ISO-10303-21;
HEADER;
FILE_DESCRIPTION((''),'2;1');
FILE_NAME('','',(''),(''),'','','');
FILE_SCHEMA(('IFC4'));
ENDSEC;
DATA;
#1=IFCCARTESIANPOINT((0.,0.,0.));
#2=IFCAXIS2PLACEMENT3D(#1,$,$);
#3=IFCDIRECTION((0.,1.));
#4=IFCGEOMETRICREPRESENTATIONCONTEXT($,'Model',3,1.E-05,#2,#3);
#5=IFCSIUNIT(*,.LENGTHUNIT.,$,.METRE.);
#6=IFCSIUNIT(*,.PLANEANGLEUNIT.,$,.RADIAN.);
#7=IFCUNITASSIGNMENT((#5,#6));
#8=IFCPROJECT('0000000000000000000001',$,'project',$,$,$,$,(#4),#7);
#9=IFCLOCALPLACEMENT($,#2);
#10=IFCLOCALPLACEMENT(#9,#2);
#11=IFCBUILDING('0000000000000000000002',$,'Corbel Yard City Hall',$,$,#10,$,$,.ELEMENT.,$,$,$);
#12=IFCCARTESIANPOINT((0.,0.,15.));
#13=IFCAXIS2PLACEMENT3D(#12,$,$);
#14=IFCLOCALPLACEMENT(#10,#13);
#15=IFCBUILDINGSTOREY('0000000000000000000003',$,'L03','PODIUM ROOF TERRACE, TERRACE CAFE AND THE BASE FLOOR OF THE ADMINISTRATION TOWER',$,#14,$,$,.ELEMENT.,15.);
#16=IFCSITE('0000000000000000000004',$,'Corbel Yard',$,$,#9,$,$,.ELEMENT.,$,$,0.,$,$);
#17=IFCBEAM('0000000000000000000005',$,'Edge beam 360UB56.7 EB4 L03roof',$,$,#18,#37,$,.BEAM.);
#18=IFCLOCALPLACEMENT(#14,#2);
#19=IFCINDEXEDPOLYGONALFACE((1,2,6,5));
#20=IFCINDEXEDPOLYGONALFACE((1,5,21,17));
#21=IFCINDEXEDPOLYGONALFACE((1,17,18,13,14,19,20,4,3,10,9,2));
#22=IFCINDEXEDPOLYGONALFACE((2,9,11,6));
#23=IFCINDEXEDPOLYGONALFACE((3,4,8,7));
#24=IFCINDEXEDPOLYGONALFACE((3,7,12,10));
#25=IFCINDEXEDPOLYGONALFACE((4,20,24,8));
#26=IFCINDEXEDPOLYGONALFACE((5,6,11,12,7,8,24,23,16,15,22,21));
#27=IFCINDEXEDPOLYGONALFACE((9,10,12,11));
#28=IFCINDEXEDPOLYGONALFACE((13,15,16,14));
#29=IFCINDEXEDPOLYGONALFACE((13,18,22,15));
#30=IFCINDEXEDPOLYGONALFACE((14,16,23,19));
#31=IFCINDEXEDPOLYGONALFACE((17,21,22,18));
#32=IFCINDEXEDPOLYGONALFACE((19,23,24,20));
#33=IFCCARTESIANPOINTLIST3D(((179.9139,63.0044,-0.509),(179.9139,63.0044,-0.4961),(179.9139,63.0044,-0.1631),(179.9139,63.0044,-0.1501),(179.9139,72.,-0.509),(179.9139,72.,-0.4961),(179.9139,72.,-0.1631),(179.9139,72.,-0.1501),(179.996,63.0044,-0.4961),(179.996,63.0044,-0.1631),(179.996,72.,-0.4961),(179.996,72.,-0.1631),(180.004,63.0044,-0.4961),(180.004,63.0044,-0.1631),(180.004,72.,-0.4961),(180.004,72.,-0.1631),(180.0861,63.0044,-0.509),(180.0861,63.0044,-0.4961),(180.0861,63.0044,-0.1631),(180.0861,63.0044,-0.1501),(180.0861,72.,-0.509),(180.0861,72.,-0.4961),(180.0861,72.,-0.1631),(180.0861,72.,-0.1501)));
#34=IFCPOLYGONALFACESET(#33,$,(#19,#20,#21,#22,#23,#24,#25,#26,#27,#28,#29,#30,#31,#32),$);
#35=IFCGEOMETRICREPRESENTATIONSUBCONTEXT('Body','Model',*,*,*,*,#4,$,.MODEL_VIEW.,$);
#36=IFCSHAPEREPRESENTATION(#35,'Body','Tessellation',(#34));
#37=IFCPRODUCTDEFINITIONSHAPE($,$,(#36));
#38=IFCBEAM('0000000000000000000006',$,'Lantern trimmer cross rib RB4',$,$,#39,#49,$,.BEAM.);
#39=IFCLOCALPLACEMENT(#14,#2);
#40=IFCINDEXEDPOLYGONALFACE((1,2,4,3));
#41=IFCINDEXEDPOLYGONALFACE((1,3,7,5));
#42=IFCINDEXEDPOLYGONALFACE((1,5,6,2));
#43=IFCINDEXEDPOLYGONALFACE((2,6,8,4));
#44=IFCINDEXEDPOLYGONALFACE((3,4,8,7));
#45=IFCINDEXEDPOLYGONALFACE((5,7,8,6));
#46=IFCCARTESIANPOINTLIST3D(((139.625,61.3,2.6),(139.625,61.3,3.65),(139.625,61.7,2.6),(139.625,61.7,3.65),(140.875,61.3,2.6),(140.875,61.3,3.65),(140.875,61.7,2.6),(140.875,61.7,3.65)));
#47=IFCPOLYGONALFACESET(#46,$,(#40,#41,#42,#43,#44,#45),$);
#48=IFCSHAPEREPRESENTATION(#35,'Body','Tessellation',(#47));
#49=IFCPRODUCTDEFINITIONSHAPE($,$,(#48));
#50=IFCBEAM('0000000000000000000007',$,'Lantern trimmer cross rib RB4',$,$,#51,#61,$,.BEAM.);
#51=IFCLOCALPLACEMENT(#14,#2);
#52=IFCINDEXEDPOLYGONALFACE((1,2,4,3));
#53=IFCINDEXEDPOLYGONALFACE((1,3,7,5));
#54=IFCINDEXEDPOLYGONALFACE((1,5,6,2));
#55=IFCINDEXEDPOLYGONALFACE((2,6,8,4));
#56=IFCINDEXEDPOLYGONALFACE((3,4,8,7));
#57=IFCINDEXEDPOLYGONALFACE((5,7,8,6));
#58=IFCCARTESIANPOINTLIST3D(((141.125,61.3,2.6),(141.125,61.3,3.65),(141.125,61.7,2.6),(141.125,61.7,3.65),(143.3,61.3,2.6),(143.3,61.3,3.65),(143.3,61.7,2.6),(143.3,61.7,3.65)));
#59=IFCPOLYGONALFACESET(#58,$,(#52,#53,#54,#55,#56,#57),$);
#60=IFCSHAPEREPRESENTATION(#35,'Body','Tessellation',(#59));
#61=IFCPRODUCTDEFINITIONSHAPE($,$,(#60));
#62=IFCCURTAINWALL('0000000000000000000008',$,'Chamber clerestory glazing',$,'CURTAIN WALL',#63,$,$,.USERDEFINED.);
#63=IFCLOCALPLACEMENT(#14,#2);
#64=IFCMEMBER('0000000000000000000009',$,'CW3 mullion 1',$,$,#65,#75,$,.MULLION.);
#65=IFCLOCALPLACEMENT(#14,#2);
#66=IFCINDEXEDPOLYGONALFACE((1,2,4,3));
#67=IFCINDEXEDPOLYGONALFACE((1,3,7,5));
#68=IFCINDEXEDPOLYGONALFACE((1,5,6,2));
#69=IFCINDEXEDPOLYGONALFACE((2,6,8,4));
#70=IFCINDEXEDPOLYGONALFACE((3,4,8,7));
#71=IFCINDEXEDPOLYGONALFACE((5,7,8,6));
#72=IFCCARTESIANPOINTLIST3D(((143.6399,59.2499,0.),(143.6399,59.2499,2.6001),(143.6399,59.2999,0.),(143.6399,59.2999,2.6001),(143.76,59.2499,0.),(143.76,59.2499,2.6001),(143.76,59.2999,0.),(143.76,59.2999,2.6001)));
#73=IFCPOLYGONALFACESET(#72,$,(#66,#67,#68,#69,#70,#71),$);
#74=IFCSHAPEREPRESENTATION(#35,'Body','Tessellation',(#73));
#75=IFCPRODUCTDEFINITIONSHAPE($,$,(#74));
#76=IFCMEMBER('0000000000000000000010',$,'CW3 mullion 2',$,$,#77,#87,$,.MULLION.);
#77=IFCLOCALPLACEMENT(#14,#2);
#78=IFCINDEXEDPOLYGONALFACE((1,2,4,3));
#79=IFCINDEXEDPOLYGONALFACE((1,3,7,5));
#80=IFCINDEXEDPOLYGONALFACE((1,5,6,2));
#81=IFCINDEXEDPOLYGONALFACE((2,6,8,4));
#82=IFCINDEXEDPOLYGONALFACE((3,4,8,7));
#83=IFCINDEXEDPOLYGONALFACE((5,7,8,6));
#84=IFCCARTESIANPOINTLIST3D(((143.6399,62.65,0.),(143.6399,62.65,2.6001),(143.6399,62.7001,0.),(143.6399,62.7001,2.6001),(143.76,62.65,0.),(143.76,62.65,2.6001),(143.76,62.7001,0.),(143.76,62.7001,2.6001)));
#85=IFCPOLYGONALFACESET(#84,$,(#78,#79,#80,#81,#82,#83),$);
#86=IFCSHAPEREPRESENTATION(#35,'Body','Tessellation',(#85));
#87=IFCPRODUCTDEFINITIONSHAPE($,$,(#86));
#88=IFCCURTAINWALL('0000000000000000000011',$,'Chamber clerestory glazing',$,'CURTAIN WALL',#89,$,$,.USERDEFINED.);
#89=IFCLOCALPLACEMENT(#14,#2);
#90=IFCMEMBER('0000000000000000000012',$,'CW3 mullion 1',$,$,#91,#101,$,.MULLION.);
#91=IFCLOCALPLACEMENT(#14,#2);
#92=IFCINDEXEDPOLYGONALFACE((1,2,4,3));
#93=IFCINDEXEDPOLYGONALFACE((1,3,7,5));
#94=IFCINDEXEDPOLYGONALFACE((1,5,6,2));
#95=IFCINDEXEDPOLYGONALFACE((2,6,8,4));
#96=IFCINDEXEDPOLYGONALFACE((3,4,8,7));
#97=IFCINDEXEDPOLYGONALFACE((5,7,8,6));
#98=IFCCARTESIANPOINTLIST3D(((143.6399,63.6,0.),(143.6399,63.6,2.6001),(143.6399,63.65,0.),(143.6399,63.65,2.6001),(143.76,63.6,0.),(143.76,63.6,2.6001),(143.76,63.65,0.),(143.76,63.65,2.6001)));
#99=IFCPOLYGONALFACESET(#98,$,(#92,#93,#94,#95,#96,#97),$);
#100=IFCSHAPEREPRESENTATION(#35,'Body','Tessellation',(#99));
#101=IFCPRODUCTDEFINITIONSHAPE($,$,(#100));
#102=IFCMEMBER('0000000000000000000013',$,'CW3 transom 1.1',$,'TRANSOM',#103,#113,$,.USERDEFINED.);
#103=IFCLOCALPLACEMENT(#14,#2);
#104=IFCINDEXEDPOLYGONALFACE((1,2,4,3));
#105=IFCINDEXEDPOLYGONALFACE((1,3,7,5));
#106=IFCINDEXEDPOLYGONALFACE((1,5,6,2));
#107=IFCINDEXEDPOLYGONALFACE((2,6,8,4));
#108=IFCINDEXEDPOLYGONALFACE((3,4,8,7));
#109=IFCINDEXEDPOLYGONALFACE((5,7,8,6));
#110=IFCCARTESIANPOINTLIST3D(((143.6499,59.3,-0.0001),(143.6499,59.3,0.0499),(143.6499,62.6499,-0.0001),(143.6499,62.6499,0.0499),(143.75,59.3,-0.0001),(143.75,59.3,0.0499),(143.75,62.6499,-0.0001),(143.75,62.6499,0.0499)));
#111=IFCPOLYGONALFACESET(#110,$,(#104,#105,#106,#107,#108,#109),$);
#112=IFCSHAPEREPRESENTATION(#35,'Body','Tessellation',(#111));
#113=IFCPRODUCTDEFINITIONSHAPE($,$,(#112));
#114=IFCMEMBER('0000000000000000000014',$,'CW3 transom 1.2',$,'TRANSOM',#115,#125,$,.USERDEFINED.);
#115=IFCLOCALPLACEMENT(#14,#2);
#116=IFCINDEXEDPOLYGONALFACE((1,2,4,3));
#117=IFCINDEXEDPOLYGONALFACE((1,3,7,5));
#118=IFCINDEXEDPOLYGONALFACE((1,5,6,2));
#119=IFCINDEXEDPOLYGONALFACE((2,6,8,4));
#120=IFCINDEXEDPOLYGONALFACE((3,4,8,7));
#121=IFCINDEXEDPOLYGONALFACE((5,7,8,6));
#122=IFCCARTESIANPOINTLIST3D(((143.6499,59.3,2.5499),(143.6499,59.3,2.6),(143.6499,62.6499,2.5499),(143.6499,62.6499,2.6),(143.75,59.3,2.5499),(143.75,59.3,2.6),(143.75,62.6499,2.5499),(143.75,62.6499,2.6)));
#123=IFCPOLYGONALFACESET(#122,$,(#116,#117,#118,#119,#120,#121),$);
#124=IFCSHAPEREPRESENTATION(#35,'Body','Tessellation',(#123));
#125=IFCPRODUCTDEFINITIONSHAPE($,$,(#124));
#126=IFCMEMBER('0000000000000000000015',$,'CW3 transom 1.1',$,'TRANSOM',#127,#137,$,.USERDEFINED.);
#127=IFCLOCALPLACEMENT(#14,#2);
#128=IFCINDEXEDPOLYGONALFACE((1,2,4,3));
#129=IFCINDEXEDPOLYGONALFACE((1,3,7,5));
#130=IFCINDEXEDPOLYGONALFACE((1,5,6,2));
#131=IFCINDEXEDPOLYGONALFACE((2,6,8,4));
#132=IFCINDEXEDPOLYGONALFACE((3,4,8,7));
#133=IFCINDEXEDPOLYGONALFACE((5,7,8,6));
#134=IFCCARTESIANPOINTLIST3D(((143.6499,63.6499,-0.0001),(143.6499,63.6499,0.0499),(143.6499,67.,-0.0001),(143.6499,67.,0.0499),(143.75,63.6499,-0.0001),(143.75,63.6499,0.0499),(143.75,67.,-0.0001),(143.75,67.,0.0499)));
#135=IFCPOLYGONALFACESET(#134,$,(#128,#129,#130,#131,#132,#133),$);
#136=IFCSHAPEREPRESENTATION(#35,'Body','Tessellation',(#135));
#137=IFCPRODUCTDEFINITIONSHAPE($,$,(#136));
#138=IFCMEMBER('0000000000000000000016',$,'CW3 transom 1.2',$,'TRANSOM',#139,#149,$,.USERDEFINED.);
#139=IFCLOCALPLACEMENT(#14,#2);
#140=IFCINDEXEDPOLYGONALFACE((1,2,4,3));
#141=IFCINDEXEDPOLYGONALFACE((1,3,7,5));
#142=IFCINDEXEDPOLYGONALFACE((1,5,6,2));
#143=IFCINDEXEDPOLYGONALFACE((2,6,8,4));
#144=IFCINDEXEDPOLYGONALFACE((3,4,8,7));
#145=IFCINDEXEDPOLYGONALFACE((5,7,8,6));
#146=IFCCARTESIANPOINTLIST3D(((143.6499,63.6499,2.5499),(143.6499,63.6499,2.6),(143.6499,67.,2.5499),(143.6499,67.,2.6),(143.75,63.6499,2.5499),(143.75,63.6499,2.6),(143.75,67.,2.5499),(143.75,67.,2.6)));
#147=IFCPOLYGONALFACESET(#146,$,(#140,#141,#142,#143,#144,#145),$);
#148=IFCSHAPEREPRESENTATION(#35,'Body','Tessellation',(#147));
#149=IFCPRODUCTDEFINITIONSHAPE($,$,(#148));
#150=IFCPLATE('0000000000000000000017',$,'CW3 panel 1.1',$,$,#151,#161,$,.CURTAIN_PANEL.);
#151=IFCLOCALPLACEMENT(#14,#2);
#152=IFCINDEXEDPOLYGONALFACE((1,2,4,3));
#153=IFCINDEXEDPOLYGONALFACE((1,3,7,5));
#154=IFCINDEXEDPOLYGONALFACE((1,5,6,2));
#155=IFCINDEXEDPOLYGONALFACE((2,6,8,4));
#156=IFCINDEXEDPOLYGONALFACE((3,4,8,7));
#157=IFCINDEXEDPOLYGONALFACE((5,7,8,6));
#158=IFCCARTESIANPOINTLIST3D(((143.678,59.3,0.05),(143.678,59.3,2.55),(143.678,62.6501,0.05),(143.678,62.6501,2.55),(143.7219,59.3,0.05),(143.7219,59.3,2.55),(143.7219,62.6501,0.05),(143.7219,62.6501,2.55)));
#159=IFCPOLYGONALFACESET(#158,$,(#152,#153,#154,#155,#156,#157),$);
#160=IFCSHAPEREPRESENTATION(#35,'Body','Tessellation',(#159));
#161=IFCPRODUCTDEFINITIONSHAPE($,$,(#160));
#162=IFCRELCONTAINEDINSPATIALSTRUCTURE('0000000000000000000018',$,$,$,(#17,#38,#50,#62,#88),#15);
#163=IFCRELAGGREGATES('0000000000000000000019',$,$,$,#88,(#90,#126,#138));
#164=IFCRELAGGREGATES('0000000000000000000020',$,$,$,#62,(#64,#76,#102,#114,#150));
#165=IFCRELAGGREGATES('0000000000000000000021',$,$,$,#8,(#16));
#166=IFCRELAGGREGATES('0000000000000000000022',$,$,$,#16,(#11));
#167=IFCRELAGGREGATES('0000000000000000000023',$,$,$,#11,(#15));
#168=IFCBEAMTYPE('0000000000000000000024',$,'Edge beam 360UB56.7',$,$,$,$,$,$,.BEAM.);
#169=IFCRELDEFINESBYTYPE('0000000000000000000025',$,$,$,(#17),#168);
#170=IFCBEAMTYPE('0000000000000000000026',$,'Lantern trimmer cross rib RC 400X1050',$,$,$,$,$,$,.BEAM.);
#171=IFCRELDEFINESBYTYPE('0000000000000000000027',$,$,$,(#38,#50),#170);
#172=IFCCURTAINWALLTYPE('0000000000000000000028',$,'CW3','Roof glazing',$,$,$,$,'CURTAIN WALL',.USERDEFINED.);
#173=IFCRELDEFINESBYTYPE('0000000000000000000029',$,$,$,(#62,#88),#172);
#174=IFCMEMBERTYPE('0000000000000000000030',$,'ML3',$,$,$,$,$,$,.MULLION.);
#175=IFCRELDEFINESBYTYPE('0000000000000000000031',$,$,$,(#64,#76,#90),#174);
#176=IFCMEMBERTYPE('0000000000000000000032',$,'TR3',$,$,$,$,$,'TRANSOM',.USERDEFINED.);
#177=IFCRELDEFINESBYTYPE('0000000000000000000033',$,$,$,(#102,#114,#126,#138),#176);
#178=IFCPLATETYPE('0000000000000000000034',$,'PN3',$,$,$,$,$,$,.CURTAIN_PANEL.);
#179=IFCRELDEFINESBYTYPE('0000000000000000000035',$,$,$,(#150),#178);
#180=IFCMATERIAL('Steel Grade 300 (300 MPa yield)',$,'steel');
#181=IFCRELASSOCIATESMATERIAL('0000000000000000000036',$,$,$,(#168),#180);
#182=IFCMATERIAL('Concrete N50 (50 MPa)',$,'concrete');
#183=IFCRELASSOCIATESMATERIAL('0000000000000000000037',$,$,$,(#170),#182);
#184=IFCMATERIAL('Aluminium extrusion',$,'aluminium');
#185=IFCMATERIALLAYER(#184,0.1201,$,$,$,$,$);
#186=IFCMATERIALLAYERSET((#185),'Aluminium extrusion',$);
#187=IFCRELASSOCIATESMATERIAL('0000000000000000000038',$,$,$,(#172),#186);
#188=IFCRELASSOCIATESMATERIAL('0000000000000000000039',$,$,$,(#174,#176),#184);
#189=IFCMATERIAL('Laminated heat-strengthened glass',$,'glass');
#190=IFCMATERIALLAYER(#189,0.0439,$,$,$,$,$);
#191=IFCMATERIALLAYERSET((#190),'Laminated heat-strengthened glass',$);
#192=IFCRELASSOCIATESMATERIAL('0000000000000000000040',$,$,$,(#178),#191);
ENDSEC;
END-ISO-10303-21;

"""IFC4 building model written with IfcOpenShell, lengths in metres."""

from ifc_helpers import new_model, si_unit, direction, frame, origin, origin_2d, place, context, subcontext, project, spatial, rectangle, i_section, extrude, material, layer, layer_set, material_profile, profile_set, type_object, element, aggregate, save


model = new_model("IFC4")

# Units and contexts
model_context = context("Model", 3, precision=1e-05, world=origin(), true_north=direction((0.0, 1.0)))
body_context = subcontext(model_context, "Body", "Model", "MODEL_VIEW")
ifc_project = project(units=[si_unit("LENGTHUNIT", "METRE"), si_unit("PLANEANGLEUNIT", "RADIAN")], contexts=[model_context])

# Site, building, storey
site_placement = place(None, origin())
site = spatial("IfcSite", under=ifc_project, at=site_placement, Name="Corbel Yard", CompositionType="ELEMENT", RefElevation=0.0)
building_placement = place(site_placement, origin())
building = spatial("IfcBuilding", under=site, at=building_placement, Name="Corbel Yard City Hall", CompositionType="ELEMENT")
storey_placement = place(building_placement, frame((0.0, 0.0, 15.0)))
storey = spatial("IfcBuildingStorey", under=building, at=storey_placement, Name="L03", Description="PODIUM ROOF TERRACE, TERRACE CAFE AND THE BASE FLOOR OF THE ADMINISTRATION TOWER", CompositionType="ELEMENT", Elevation=15.0)

# Shared definitions
ifc_material_1 = material(Name="Concrete N50 (50 MPa)", Category="concrete")

# Beams
ifc_material_2 = material(Name="Steel Grade 300 (300 MPa yield)", Category="steel")
ifc_material_profile_1 = material_profile(ifc_material_2, i_section(OverallWidth=0.1721, OverallDepth=0.3589, WebThickness=0.0081, FlangeThickness=0.0129, at=origin_2d()), Name="360UB56.7")
ifc_profile_set_1 = profile_set([ifc_material_profile_1], Name="Steel Grade 300 (300 MPa yield)")
beam_type_1 = type_object("IfcBeamType", Name="Edge beam 360UB56.7", PredefinedType="BEAM", material=ifc_profile_set_1)
beam_1_placement = place(storey_placement, frame((180.0, 63.0044, -0.3296), z_axis=(0.0, 1.0, 0.0), x_axis=(-1.0, 0.0, 0.0)))
element("IfcBeam", 1, at=beam_1_placement, inside=storey, type_object=beam_type_1, Name="Edge beam 360UB56.7 EB4 L03roof", PredefinedType="BEAM", context=body_context, shape_type="SweptSolid", body=[
    extrude(i_section(OverallWidth=0.1721, OverallDepth=0.3589, WebThickness=0.0081, FlangeThickness=0.0129, at=origin_2d()), origin(), (0.0, 0.0, 1.0), 8.9956),
])
ifc_material_profile_2 = material_profile(ifc_material_1, rectangle(XDim=0.3999, YDim=1.05, at=origin_2d()), Name="400x1050")
ifc_profile_set_2 = profile_set([ifc_material_profile_2], Name="Concrete N50 (50 MPa)")
beam_type_2 = type_object("IfcBeamType", Name="Lantern trimmer cross rib RC 400X1050", PredefinedType="BEAM", material=ifc_profile_set_2)
beam_2_placement = place(storey_placement, frame((139.625, 61.5, 3.125), z_axis=(1.0, 0.0, 0.0), x_axis=(0.0, 1.0, 0.0)))
element("IfcBeam", 2, at=beam_2_placement, inside=storey, type_object=beam_type_2, Name="Lantern trimmer cross rib RB4", PredefinedType="BEAM", context=body_context, shape_type="SweptSolid", body=[
    extrude(rectangle(XDim=0.3999, YDim=1.05, at=origin_2d()), origin(), (0.0, 0.0, 1.0), 1.25),
])
beam_3_placement = place(storey_placement, frame((141.125, 61.5, 3.125), z_axis=(1.0, 0.0, 0.0), x_axis=(0.0, 1.0, 0.0)))
element("IfcBeam", 3, at=beam_3_placement, inside=storey, type_object=beam_type_2, Name="Lantern trimmer cross rib RB4", PredefinedType="BEAM", context=body_context, shape_type="SweptSolid", body=[
    extrude(rectangle(XDim=0.3999, YDim=1.05, at=origin_2d()), origin(), (0.0, 0.0, 1.0), 2.175),
])

# Curtain wall, members
ifc_material_3 = material(Name="Aluminium extrusion", Category="aluminium")
ifc_layer_1 = layer(ifc_material_3, 0.1201)
ifc_layer_set_1 = layer_set([ifc_layer_1], Name="Aluminium extrusion")
curtain_wall_type = type_object("IfcCurtainWallType", Name="CW3", Description="Roof glazing", ElementType="CURTAIN WALL", PredefinedType="USERDEFINED", material=ifc_layer_set_1)
curtain_wall_1_placement = place(storey_placement, origin())
curtain_wall_1 = element("IfcCurtainWall", 4, at=curtain_wall_1_placement, inside=storey, type_object=curtain_wall_type, Name="Chamber clerestory glazing", ObjectType="CURTAIN WALL", PredefinedType="USERDEFINED")
ifc_material_profile_3 = material_profile(ifc_material_3, rectangle(XDim=0.1201, YDim=0.05, at=origin_2d()), Name="120x50")
ifc_profile_set_3 = profile_set([ifc_material_profile_3], Name="Aluminium extrusion")
member_type_1 = type_object("IfcMemberType", Name="ML3", PredefinedType="MULLION", material=ifc_profile_set_3)
member_1_placement = place(storey_placement, frame((143.7, 59.2749, 0.0), z_axis=(0.0, 0.0, 1.0), x_axis=(-1.0, 0.0, 0.0)))
member_1 = element("IfcMember", 5, at=member_1_placement, type_object=member_type_1, Name="CW3 mullion 1", PredefinedType="MULLION", context=body_context, shape_type="SweptSolid", body=[
    extrude(rectangle(XDim=0.1201, YDim=0.05, at=origin_2d()), origin(), (0.0, 0.0, 1.0), 2.6001),
])
member_2_placement = place(storey_placement, frame((143.7, 62.675, 0.0), z_axis=(0.0, 0.0, 1.0), x_axis=(-1.0, 0.0, 0.0)))
member_2 = element("IfcMember", 6, at=member_2_placement, type_object=member_type_1, Name="CW3 mullion 2", PredefinedType="MULLION", context=body_context, shape_type="SweptSolid", body=[
    extrude(rectangle(XDim=0.1201, YDim=0.05, at=origin_2d()), origin(), (0.0, 0.0, 1.0), 2.6001),
])

# Curtain wall, member
curtain_wall_2_placement = place(storey_placement, origin())
curtain_wall_2 = element("IfcCurtainWall", 7, at=curtain_wall_2_placement, inside=storey, type_object=curtain_wall_type, Name="Chamber clerestory glazing", ObjectType="CURTAIN WALL", PredefinedType="USERDEFINED")
member_3_placement = place(storey_placement, frame((143.7, 63.625, 0.0), z_axis=(0.0, 0.0, 1.0), x_axis=(-1.0, 0.0, 0.0)))
member_3 = element("IfcMember", 8, at=member_3_placement, type_object=member_type_1, Name="CW3 mullion 1", PredefinedType="MULLION", context=body_context, shape_type="SweptSolid", body=[
    extrude(rectangle(XDim=0.1201, YDim=0.05, at=origin_2d()), origin(), (0.0, 0.0, 1.0), 2.6001),
])

# Members
ifc_material_profile_4 = material_profile(ifc_material_3, rectangle(XDim=0.1001, YDim=0.05, at=origin_2d()), Name="100x50")
ifc_profile_set_4 = profile_set([ifc_material_profile_4], Name="Aluminium extrusion")
member_type_2 = type_object("IfcMemberType", Name="TR3", ElementType="TRANSOM", PredefinedType="USERDEFINED", material=ifc_profile_set_4)
member_4_placement = place(storey_placement, frame((143.7, 59.3, 0.0249), z_axis=(0.0, 1.0, 0.0), x_axis=(-1.0, 0.0, 0.0)))
member_4 = element("IfcMember", 9, at=member_4_placement, type_object=member_type_2, Name="CW3 transom 1.1", ObjectType="TRANSOM", PredefinedType="USERDEFINED", context=body_context, shape_type="SweptSolid", body=[
    extrude(rectangle(XDim=0.1001, YDim=0.05, at=origin_2d()), origin(), (0.0, 0.0, 1.0), 3.3499),
])
member_5_placement = place(storey_placement, frame((143.7, 59.3, 2.575), z_axis=(0.0, 1.0, 0.0), x_axis=(-1.0, 0.0, 0.0)))
member_5 = element("IfcMember", 10, at=member_5_placement, type_object=member_type_2, Name="CW3 transom 1.2", ObjectType="TRANSOM", PredefinedType="USERDEFINED", context=body_context, shape_type="SweptSolid", body=[
    extrude(rectangle(XDim=0.1001, YDim=0.05, at=origin_2d()), origin(), (0.0, 0.0, 1.0), 3.3499),
])
member_6_placement = place(storey_placement, frame((143.7, 63.6499, 0.0249), z_axis=(0.0, 1.0, 0.0), x_axis=(-1.0, 0.0, 0.0)))
member_6 = element("IfcMember", 11, at=member_6_placement, type_object=member_type_2, Name="CW3 transom 1.1", ObjectType="TRANSOM", PredefinedType="USERDEFINED", context=body_context, shape_type="SweptSolid", body=[
    extrude(rectangle(XDim=0.1001, YDim=0.05, at=origin_2d()), origin(), (0.0, 0.0, 1.0), 3.3501),
])
member_7_placement = place(storey_placement, frame((143.7, 63.6499, 2.575), z_axis=(0.0, 1.0, 0.0), x_axis=(-1.0, 0.0, 0.0)))
member_7 = element("IfcMember", 12, at=member_7_placement, type_object=member_type_2, Name="CW3 transom 1.2", ObjectType="TRANSOM", PredefinedType="USERDEFINED", context=body_context, shape_type="SweptSolid", body=[
    extrude(rectangle(XDim=0.1001, YDim=0.05, at=origin_2d()), origin(), (0.0, 0.0, 1.0), 3.3501),
])
aggregate(curtain_wall_2, [member_3, member_6, member_7])

# Plate
ifc_material_4 = material(Name="Laminated heat-strengthened glass", Category="glass")
ifc_layer_2 = layer(ifc_material_4, 0.0439)
ifc_layer_set_2 = layer_set([ifc_layer_2], Name="Laminated heat-strengthened glass")
plate_type = type_object("IfcPlateType", Name="PN3", PredefinedType="CURTAIN_PANEL", material=ifc_layer_set_2)
plate_placement = place(storey_placement, frame((143.7, 60.9751, 0.05), z_axis=(0.0, 0.0, 1.0), x_axis=(0.0, 1.0, 0.0)))
plate = element("IfcPlate", 13, at=plate_placement, type_object=plate_type, Name="CW3 panel 1.1", PredefinedType="CURTAIN_PANEL", context=body_context, shape_type="SweptSolid", body=[
    extrude(rectangle(XDim=3.3501, YDim=0.0439, at=origin_2d()), origin(), (0.0, 0.0, 1.0), 2.5),
])
aggregate(curtain_wall_1, [member_1, member_2, member_4, member_5, plate])

save(model, "model.ifc")
